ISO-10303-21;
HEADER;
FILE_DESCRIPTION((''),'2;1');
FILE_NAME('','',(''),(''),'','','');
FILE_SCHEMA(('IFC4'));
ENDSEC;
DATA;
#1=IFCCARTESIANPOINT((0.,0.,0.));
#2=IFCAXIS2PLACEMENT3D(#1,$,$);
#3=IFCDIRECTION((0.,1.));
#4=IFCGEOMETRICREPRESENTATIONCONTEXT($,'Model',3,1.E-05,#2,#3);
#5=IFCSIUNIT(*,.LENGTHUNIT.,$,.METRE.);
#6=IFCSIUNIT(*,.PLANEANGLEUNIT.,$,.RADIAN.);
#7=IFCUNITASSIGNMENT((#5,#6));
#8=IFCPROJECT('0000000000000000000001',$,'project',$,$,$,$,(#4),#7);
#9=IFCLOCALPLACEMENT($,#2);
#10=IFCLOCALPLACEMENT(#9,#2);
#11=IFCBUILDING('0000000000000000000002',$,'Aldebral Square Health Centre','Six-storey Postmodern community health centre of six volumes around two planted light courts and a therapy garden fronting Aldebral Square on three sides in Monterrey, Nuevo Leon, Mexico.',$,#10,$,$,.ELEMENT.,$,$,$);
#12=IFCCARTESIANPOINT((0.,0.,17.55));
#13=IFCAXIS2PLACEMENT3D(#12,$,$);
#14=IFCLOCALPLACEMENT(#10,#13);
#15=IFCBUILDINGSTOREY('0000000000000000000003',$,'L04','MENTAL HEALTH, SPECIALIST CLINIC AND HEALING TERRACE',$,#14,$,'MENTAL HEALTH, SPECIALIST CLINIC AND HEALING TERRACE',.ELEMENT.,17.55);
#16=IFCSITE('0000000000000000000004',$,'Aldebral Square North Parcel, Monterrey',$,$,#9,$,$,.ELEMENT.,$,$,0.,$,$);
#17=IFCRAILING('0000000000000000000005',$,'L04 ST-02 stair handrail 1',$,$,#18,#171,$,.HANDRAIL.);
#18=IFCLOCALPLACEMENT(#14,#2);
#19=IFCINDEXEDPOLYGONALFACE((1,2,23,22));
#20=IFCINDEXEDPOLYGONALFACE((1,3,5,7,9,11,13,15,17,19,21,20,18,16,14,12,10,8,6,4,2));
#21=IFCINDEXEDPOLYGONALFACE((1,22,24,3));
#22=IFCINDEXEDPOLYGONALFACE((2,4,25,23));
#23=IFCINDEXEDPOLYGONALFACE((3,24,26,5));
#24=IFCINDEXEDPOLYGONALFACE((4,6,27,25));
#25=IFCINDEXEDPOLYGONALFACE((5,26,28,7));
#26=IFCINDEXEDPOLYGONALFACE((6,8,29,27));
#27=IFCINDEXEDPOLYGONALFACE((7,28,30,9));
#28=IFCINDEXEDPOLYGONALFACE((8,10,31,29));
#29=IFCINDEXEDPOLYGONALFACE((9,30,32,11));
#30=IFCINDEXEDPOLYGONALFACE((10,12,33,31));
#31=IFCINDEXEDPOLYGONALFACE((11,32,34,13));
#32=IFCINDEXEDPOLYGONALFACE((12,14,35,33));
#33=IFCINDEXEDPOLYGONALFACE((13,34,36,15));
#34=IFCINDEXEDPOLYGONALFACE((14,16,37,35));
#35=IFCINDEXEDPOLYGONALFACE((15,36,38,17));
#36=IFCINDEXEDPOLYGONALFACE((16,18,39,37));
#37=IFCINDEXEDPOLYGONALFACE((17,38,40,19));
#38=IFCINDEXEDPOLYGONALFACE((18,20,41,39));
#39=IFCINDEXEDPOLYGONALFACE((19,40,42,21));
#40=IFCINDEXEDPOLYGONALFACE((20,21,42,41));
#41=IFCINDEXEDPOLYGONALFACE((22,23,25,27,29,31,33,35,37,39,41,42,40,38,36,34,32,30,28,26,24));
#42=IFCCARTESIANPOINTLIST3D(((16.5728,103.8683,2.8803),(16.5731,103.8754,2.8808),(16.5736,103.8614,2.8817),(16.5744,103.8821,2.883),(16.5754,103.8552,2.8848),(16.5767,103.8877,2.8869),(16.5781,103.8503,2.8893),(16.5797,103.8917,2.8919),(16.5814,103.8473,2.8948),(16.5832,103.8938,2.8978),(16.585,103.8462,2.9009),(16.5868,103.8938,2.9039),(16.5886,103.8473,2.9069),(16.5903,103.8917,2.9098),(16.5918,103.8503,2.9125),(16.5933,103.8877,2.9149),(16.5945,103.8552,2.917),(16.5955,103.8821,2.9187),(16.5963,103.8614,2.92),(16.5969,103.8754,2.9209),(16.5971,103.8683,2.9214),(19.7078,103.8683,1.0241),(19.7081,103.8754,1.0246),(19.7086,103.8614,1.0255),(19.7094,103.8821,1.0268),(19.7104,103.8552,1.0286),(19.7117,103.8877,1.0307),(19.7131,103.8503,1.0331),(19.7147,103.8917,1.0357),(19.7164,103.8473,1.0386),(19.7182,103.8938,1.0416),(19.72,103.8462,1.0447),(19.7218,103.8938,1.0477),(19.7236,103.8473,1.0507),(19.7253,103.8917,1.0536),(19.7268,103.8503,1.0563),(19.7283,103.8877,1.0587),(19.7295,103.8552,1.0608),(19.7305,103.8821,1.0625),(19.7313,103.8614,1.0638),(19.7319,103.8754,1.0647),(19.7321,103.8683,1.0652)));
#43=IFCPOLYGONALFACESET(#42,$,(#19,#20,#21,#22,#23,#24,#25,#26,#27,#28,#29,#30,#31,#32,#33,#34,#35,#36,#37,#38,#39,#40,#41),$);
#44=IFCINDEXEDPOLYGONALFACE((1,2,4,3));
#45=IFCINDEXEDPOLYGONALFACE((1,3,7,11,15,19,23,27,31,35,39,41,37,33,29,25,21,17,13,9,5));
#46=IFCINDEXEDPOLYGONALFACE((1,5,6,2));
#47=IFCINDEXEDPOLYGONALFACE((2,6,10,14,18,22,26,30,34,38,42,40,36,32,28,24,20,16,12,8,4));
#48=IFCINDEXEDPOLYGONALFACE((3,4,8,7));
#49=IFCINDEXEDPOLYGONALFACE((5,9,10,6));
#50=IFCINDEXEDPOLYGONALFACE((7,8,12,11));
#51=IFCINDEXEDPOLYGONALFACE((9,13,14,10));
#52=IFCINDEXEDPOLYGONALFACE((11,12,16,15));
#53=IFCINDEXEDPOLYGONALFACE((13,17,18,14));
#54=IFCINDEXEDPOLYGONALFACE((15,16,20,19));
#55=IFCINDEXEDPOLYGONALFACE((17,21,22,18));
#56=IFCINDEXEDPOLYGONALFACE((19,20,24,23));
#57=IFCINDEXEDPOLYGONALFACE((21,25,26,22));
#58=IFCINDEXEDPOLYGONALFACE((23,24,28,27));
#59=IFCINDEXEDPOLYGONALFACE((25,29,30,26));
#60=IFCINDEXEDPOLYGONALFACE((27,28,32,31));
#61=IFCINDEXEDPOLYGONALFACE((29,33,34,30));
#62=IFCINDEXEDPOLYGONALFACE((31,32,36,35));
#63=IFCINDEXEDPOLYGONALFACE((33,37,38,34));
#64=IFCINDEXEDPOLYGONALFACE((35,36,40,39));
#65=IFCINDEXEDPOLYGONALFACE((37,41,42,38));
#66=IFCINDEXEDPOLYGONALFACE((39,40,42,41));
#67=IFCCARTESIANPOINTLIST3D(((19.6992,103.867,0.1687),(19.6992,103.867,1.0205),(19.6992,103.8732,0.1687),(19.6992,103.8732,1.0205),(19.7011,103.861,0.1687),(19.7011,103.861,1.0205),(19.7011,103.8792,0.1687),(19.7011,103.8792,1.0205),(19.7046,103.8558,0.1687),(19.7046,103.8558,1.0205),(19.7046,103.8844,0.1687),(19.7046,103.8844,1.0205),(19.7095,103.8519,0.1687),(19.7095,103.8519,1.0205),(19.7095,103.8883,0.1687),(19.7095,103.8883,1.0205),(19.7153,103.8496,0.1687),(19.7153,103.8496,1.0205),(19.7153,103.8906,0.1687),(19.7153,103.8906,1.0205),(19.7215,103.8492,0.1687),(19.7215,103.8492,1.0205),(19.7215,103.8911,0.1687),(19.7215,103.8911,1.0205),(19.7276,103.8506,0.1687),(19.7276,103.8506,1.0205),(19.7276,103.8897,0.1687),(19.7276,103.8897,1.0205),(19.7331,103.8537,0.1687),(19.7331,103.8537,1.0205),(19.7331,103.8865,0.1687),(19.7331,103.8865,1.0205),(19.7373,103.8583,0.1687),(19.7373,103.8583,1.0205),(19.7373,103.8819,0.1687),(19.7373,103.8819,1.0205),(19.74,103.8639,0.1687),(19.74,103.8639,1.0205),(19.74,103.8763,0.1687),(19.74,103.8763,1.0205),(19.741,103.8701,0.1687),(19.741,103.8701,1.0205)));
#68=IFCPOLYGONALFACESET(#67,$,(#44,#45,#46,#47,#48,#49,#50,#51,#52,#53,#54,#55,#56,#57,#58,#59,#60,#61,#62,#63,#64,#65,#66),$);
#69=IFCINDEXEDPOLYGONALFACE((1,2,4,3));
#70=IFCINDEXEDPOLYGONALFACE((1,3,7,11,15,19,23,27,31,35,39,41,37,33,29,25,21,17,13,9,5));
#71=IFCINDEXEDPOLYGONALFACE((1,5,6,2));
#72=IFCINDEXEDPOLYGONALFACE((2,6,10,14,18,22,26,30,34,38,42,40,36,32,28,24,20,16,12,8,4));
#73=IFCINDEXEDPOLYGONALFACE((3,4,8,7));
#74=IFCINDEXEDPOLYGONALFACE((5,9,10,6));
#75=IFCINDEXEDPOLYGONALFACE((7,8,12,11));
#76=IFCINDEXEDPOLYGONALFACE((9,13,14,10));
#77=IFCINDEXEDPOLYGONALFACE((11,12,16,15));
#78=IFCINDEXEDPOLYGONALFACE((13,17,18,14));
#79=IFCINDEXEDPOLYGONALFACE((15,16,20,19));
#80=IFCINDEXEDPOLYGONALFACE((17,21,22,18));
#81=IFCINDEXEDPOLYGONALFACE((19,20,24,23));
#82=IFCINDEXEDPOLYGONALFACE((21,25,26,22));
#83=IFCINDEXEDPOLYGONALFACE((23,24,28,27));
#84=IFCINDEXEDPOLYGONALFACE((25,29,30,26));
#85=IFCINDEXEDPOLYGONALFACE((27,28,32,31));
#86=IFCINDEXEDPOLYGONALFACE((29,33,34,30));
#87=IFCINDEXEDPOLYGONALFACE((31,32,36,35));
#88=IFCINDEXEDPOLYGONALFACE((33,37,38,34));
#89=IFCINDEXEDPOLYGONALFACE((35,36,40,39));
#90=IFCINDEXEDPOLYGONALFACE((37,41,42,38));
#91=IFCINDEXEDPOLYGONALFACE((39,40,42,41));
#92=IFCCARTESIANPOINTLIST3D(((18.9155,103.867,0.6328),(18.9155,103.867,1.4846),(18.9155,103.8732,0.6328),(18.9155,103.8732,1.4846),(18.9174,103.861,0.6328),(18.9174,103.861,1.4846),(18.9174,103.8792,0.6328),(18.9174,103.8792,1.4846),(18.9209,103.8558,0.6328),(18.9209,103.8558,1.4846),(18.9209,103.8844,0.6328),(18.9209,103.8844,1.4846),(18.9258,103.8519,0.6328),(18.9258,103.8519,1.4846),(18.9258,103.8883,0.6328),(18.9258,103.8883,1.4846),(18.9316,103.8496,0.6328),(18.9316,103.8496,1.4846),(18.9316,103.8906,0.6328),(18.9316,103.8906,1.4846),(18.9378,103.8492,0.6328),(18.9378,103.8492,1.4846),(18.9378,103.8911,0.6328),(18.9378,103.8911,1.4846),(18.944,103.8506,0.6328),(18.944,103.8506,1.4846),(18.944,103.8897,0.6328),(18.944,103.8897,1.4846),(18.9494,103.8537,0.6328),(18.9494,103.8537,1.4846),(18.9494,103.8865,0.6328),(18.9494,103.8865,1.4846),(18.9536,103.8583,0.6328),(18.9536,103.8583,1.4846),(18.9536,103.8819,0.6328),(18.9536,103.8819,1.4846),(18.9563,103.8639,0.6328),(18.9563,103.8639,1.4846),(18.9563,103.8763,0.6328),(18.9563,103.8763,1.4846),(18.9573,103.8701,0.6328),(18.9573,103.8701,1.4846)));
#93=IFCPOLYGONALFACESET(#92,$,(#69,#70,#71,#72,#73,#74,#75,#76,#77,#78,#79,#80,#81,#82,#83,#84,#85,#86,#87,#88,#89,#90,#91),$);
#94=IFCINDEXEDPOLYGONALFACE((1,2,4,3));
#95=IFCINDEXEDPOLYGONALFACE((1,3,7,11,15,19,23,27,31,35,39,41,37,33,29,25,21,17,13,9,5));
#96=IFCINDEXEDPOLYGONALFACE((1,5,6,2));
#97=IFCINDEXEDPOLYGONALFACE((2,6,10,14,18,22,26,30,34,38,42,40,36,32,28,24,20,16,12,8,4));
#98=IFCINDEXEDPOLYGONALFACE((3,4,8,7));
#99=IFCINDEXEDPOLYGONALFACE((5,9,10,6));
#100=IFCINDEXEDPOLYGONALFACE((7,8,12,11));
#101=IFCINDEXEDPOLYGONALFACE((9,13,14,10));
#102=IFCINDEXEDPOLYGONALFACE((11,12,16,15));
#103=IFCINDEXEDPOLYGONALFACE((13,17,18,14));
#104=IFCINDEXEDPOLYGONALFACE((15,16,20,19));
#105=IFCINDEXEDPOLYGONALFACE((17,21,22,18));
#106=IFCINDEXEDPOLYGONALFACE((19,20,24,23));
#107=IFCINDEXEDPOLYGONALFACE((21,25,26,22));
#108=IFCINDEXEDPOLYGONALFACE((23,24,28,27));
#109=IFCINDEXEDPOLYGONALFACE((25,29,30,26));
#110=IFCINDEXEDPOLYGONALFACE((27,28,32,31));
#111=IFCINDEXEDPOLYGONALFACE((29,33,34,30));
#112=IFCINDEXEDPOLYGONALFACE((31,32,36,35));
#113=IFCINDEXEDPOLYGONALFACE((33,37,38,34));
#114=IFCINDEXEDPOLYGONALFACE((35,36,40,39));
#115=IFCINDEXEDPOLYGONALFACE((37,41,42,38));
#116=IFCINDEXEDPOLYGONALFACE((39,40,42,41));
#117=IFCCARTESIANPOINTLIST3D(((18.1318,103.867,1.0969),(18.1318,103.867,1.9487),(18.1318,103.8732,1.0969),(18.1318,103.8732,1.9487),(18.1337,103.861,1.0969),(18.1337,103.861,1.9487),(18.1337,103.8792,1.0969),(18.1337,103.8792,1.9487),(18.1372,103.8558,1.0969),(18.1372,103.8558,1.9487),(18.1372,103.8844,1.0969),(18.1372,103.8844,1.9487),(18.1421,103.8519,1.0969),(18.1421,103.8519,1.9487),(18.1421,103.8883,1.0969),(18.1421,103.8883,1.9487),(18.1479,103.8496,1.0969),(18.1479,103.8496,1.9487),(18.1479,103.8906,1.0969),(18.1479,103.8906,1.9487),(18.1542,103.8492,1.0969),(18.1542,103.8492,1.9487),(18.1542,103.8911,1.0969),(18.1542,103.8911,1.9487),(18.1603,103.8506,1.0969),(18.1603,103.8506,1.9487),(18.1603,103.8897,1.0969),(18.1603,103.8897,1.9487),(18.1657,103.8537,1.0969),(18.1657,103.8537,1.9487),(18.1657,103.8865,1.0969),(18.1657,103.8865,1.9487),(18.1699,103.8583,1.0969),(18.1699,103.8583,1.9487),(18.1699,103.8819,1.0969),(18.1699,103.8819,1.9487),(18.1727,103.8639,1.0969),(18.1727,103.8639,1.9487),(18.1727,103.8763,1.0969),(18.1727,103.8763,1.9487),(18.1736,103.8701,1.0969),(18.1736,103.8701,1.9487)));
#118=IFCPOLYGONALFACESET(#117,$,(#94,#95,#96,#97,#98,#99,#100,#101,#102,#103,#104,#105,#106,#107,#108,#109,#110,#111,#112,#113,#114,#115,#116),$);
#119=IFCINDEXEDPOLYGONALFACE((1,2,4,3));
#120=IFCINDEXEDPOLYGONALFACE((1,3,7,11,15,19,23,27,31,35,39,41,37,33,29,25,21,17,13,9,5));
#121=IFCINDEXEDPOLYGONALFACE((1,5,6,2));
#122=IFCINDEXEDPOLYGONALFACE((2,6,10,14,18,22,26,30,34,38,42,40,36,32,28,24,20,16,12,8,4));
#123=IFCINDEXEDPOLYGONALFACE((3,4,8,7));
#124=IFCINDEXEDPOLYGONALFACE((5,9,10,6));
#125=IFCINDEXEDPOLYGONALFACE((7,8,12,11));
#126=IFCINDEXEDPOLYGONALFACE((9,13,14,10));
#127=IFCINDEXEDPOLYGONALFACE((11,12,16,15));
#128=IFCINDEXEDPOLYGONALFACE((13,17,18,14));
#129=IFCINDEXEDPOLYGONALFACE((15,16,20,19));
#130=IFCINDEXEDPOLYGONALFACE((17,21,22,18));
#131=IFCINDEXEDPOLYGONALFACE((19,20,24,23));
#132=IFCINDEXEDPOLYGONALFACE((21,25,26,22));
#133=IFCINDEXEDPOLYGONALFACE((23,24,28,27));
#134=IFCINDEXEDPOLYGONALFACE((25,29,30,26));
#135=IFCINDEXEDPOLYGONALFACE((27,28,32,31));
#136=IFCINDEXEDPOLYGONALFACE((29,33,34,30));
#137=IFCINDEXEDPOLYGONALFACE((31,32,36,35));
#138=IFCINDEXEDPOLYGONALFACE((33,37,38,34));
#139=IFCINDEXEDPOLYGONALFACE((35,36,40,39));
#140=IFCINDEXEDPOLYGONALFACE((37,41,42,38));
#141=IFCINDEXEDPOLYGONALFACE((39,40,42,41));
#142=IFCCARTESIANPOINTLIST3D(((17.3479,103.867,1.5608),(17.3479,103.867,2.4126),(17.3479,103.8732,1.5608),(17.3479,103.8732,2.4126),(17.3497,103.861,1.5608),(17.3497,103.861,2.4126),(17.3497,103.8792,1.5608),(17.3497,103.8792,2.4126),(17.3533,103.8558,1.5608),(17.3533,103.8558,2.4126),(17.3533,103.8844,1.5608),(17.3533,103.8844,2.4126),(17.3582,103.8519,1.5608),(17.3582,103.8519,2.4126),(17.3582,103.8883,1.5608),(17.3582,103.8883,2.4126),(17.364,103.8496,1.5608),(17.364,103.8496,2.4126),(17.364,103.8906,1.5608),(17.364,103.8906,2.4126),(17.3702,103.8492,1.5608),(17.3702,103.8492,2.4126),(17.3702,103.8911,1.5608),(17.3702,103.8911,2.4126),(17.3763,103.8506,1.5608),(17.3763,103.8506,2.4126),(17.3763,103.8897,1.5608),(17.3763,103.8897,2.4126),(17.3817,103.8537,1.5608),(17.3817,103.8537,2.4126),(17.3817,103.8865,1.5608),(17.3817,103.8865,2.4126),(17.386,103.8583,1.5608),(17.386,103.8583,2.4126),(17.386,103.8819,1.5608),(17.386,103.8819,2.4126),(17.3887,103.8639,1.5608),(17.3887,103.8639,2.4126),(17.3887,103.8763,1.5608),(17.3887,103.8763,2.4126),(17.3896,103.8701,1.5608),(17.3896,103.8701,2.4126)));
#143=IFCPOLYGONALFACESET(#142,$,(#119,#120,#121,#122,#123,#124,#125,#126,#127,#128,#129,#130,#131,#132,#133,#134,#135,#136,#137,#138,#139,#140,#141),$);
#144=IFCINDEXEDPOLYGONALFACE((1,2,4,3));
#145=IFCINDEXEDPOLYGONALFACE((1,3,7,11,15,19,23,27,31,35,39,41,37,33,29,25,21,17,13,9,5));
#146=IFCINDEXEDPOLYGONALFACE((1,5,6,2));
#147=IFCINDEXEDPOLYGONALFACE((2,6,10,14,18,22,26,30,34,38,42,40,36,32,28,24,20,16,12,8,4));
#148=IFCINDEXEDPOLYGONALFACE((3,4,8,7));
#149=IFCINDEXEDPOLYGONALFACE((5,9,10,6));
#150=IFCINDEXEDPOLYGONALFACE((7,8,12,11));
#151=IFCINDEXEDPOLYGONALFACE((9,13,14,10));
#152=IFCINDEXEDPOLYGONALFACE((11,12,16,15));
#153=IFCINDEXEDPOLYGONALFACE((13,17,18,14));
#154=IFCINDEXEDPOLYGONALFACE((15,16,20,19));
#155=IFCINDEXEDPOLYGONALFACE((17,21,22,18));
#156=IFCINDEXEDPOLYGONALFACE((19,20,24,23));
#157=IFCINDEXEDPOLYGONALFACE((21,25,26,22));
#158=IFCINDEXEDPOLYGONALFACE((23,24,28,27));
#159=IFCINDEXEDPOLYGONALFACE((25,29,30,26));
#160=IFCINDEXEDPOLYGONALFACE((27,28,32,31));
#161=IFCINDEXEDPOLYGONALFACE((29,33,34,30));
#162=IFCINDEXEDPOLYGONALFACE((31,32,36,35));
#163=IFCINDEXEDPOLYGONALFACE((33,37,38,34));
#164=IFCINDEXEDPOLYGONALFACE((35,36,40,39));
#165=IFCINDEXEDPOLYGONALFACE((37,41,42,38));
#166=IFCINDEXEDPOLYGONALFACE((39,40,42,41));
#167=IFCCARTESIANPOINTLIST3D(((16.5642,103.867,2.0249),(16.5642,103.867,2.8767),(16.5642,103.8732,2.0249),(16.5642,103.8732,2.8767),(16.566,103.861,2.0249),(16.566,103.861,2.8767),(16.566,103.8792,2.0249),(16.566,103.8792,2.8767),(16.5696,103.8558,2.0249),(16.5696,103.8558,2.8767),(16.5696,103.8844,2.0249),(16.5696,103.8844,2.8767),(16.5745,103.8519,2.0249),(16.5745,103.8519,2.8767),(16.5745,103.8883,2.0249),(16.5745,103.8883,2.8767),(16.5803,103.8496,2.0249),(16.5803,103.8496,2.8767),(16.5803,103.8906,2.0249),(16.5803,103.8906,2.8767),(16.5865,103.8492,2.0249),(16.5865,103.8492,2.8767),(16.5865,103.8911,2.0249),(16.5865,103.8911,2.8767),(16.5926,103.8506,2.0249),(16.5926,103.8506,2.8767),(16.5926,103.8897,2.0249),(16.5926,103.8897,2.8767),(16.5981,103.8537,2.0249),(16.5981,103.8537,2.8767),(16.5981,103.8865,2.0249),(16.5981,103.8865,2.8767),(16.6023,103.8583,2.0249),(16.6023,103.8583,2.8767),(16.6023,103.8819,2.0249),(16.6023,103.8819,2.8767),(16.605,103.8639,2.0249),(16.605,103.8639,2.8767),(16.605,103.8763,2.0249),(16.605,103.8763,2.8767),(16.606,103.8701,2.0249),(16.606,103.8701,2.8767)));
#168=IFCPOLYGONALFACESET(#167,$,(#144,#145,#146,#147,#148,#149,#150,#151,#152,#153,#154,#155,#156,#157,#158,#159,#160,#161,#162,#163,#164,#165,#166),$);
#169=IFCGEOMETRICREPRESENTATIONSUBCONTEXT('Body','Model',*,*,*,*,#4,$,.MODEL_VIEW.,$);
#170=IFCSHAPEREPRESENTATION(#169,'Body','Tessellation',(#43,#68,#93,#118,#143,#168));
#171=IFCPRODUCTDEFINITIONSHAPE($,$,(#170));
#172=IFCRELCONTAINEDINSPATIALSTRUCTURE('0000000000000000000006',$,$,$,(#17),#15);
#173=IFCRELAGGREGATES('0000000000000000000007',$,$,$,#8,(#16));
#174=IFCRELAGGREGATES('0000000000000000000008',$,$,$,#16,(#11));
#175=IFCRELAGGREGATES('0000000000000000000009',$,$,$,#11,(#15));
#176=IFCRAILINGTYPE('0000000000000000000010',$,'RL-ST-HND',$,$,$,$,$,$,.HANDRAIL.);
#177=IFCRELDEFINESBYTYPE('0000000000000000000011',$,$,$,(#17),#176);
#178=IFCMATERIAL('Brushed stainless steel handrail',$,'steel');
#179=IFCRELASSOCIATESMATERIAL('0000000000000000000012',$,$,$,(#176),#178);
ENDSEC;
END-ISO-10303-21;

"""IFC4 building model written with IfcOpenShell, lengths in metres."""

from ifc_helpers import new_model, si_unit, direction, frame, origin, origin_2d, place, context, subcontext, project, spatial, circle, extrude, material, type_object, element, save


model = new_model("IFC4")

# Units and contexts
model_context = context("Model", 3, precision=1e-05, world=origin(), true_north=direction((0.0, 1.0)))
body_context = subcontext(model_context, "Body", "Model", "MODEL_VIEW")
ifc_project = project(units=[si_unit("LENGTHUNIT", "METRE"), si_unit("PLANEANGLEUNIT", "RADIAN")], contexts=[model_context])

# Site, building, storey
site_placement = place(None, origin())
site = spatial("IfcSite", under=ifc_project, at=site_placement, Name="Aldebral Square North Parcel, Monterrey", CompositionType="ELEMENT", RefElevation=0.0)
building_placement = place(site_placement, origin())
building = spatial("IfcBuilding", under=site, at=building_placement, Name="Aldebral Square Health Centre", Description="Six-storey Postmodern community health centre of six volumes around two planted light courts and a therapy garden fronting Aldebral Square on three sides in Monterrey, Nuevo Leon, Mexico.", CompositionType="ELEMENT")
storey_placement = place(building_placement, frame((0.0, 0.0, 17.55)))
storey = spatial("IfcBuildingStorey", under=building, at=storey_placement, Name="L04", Description="MENTAL HEALTH, SPECIALIST CLINIC AND HEALING TERRACE", LongName="MENTAL HEALTH, SPECIALIST CLINIC AND HEALING TERRACE", CompositionType="ELEMENT", Elevation=17.55)

# Railing
ifc_material_1 = material(Name="Brushed stainless steel handrail", Category="steel")
railing_type_1 = type_object("IfcRailingType", Name="RL-ST-HND", PredefinedType="HANDRAIL", material=ifc_material_1)
railing_1_placement = place(storey_placement, frame((19.72, 103.8701, 0.1687)))
element("IfcRailing", 1, at=railing_1_placement, inside=storey, type_object=railing_type_1, Name="L04 ST-02 stair handrail 1", PredefinedType="HANDRAIL", context=body_context, shape_type="SweptSolid", body=[
    extrude(circle(Radius=0.0239, at=origin_2d()), frame((0.0, 0.0, 0.876), z_axis=(-0.860482, 0.0, 0.509481), x_axis=(0.0, -1.0, 0.0)), (0.0, 0.0, 1.0), 3.6433),
    extrude(circle(Radius=0.021, at=origin_2d()), origin(), (0.0, 0.0, 1.0), 0.8518),
    extrude(circle(Radius=0.021, at=origin_2d()), frame((-0.7837, 0.0, 0.4641)), (0.0, 0.0, 1.0), 0.8518),
    extrude(circle(Radius=0.021, at=origin_2d()), frame((-1.5674, 0.0, 0.9282)), (0.0, 0.0, 1.0), 0.8518),
    extrude(circle(Radius=0.021, at=origin_2d()), frame((-2.3513, 0.0, 1.3921)), (0.0, 0.0, 1.0), 0.8518),
    extrude(circle(Radius=0.021, at=origin_2d()), frame((-3.135, 0.0, 1.8562)), (0.0, 0.0, 1.0), 0.8518),
])

save(model, "model.ifc")
